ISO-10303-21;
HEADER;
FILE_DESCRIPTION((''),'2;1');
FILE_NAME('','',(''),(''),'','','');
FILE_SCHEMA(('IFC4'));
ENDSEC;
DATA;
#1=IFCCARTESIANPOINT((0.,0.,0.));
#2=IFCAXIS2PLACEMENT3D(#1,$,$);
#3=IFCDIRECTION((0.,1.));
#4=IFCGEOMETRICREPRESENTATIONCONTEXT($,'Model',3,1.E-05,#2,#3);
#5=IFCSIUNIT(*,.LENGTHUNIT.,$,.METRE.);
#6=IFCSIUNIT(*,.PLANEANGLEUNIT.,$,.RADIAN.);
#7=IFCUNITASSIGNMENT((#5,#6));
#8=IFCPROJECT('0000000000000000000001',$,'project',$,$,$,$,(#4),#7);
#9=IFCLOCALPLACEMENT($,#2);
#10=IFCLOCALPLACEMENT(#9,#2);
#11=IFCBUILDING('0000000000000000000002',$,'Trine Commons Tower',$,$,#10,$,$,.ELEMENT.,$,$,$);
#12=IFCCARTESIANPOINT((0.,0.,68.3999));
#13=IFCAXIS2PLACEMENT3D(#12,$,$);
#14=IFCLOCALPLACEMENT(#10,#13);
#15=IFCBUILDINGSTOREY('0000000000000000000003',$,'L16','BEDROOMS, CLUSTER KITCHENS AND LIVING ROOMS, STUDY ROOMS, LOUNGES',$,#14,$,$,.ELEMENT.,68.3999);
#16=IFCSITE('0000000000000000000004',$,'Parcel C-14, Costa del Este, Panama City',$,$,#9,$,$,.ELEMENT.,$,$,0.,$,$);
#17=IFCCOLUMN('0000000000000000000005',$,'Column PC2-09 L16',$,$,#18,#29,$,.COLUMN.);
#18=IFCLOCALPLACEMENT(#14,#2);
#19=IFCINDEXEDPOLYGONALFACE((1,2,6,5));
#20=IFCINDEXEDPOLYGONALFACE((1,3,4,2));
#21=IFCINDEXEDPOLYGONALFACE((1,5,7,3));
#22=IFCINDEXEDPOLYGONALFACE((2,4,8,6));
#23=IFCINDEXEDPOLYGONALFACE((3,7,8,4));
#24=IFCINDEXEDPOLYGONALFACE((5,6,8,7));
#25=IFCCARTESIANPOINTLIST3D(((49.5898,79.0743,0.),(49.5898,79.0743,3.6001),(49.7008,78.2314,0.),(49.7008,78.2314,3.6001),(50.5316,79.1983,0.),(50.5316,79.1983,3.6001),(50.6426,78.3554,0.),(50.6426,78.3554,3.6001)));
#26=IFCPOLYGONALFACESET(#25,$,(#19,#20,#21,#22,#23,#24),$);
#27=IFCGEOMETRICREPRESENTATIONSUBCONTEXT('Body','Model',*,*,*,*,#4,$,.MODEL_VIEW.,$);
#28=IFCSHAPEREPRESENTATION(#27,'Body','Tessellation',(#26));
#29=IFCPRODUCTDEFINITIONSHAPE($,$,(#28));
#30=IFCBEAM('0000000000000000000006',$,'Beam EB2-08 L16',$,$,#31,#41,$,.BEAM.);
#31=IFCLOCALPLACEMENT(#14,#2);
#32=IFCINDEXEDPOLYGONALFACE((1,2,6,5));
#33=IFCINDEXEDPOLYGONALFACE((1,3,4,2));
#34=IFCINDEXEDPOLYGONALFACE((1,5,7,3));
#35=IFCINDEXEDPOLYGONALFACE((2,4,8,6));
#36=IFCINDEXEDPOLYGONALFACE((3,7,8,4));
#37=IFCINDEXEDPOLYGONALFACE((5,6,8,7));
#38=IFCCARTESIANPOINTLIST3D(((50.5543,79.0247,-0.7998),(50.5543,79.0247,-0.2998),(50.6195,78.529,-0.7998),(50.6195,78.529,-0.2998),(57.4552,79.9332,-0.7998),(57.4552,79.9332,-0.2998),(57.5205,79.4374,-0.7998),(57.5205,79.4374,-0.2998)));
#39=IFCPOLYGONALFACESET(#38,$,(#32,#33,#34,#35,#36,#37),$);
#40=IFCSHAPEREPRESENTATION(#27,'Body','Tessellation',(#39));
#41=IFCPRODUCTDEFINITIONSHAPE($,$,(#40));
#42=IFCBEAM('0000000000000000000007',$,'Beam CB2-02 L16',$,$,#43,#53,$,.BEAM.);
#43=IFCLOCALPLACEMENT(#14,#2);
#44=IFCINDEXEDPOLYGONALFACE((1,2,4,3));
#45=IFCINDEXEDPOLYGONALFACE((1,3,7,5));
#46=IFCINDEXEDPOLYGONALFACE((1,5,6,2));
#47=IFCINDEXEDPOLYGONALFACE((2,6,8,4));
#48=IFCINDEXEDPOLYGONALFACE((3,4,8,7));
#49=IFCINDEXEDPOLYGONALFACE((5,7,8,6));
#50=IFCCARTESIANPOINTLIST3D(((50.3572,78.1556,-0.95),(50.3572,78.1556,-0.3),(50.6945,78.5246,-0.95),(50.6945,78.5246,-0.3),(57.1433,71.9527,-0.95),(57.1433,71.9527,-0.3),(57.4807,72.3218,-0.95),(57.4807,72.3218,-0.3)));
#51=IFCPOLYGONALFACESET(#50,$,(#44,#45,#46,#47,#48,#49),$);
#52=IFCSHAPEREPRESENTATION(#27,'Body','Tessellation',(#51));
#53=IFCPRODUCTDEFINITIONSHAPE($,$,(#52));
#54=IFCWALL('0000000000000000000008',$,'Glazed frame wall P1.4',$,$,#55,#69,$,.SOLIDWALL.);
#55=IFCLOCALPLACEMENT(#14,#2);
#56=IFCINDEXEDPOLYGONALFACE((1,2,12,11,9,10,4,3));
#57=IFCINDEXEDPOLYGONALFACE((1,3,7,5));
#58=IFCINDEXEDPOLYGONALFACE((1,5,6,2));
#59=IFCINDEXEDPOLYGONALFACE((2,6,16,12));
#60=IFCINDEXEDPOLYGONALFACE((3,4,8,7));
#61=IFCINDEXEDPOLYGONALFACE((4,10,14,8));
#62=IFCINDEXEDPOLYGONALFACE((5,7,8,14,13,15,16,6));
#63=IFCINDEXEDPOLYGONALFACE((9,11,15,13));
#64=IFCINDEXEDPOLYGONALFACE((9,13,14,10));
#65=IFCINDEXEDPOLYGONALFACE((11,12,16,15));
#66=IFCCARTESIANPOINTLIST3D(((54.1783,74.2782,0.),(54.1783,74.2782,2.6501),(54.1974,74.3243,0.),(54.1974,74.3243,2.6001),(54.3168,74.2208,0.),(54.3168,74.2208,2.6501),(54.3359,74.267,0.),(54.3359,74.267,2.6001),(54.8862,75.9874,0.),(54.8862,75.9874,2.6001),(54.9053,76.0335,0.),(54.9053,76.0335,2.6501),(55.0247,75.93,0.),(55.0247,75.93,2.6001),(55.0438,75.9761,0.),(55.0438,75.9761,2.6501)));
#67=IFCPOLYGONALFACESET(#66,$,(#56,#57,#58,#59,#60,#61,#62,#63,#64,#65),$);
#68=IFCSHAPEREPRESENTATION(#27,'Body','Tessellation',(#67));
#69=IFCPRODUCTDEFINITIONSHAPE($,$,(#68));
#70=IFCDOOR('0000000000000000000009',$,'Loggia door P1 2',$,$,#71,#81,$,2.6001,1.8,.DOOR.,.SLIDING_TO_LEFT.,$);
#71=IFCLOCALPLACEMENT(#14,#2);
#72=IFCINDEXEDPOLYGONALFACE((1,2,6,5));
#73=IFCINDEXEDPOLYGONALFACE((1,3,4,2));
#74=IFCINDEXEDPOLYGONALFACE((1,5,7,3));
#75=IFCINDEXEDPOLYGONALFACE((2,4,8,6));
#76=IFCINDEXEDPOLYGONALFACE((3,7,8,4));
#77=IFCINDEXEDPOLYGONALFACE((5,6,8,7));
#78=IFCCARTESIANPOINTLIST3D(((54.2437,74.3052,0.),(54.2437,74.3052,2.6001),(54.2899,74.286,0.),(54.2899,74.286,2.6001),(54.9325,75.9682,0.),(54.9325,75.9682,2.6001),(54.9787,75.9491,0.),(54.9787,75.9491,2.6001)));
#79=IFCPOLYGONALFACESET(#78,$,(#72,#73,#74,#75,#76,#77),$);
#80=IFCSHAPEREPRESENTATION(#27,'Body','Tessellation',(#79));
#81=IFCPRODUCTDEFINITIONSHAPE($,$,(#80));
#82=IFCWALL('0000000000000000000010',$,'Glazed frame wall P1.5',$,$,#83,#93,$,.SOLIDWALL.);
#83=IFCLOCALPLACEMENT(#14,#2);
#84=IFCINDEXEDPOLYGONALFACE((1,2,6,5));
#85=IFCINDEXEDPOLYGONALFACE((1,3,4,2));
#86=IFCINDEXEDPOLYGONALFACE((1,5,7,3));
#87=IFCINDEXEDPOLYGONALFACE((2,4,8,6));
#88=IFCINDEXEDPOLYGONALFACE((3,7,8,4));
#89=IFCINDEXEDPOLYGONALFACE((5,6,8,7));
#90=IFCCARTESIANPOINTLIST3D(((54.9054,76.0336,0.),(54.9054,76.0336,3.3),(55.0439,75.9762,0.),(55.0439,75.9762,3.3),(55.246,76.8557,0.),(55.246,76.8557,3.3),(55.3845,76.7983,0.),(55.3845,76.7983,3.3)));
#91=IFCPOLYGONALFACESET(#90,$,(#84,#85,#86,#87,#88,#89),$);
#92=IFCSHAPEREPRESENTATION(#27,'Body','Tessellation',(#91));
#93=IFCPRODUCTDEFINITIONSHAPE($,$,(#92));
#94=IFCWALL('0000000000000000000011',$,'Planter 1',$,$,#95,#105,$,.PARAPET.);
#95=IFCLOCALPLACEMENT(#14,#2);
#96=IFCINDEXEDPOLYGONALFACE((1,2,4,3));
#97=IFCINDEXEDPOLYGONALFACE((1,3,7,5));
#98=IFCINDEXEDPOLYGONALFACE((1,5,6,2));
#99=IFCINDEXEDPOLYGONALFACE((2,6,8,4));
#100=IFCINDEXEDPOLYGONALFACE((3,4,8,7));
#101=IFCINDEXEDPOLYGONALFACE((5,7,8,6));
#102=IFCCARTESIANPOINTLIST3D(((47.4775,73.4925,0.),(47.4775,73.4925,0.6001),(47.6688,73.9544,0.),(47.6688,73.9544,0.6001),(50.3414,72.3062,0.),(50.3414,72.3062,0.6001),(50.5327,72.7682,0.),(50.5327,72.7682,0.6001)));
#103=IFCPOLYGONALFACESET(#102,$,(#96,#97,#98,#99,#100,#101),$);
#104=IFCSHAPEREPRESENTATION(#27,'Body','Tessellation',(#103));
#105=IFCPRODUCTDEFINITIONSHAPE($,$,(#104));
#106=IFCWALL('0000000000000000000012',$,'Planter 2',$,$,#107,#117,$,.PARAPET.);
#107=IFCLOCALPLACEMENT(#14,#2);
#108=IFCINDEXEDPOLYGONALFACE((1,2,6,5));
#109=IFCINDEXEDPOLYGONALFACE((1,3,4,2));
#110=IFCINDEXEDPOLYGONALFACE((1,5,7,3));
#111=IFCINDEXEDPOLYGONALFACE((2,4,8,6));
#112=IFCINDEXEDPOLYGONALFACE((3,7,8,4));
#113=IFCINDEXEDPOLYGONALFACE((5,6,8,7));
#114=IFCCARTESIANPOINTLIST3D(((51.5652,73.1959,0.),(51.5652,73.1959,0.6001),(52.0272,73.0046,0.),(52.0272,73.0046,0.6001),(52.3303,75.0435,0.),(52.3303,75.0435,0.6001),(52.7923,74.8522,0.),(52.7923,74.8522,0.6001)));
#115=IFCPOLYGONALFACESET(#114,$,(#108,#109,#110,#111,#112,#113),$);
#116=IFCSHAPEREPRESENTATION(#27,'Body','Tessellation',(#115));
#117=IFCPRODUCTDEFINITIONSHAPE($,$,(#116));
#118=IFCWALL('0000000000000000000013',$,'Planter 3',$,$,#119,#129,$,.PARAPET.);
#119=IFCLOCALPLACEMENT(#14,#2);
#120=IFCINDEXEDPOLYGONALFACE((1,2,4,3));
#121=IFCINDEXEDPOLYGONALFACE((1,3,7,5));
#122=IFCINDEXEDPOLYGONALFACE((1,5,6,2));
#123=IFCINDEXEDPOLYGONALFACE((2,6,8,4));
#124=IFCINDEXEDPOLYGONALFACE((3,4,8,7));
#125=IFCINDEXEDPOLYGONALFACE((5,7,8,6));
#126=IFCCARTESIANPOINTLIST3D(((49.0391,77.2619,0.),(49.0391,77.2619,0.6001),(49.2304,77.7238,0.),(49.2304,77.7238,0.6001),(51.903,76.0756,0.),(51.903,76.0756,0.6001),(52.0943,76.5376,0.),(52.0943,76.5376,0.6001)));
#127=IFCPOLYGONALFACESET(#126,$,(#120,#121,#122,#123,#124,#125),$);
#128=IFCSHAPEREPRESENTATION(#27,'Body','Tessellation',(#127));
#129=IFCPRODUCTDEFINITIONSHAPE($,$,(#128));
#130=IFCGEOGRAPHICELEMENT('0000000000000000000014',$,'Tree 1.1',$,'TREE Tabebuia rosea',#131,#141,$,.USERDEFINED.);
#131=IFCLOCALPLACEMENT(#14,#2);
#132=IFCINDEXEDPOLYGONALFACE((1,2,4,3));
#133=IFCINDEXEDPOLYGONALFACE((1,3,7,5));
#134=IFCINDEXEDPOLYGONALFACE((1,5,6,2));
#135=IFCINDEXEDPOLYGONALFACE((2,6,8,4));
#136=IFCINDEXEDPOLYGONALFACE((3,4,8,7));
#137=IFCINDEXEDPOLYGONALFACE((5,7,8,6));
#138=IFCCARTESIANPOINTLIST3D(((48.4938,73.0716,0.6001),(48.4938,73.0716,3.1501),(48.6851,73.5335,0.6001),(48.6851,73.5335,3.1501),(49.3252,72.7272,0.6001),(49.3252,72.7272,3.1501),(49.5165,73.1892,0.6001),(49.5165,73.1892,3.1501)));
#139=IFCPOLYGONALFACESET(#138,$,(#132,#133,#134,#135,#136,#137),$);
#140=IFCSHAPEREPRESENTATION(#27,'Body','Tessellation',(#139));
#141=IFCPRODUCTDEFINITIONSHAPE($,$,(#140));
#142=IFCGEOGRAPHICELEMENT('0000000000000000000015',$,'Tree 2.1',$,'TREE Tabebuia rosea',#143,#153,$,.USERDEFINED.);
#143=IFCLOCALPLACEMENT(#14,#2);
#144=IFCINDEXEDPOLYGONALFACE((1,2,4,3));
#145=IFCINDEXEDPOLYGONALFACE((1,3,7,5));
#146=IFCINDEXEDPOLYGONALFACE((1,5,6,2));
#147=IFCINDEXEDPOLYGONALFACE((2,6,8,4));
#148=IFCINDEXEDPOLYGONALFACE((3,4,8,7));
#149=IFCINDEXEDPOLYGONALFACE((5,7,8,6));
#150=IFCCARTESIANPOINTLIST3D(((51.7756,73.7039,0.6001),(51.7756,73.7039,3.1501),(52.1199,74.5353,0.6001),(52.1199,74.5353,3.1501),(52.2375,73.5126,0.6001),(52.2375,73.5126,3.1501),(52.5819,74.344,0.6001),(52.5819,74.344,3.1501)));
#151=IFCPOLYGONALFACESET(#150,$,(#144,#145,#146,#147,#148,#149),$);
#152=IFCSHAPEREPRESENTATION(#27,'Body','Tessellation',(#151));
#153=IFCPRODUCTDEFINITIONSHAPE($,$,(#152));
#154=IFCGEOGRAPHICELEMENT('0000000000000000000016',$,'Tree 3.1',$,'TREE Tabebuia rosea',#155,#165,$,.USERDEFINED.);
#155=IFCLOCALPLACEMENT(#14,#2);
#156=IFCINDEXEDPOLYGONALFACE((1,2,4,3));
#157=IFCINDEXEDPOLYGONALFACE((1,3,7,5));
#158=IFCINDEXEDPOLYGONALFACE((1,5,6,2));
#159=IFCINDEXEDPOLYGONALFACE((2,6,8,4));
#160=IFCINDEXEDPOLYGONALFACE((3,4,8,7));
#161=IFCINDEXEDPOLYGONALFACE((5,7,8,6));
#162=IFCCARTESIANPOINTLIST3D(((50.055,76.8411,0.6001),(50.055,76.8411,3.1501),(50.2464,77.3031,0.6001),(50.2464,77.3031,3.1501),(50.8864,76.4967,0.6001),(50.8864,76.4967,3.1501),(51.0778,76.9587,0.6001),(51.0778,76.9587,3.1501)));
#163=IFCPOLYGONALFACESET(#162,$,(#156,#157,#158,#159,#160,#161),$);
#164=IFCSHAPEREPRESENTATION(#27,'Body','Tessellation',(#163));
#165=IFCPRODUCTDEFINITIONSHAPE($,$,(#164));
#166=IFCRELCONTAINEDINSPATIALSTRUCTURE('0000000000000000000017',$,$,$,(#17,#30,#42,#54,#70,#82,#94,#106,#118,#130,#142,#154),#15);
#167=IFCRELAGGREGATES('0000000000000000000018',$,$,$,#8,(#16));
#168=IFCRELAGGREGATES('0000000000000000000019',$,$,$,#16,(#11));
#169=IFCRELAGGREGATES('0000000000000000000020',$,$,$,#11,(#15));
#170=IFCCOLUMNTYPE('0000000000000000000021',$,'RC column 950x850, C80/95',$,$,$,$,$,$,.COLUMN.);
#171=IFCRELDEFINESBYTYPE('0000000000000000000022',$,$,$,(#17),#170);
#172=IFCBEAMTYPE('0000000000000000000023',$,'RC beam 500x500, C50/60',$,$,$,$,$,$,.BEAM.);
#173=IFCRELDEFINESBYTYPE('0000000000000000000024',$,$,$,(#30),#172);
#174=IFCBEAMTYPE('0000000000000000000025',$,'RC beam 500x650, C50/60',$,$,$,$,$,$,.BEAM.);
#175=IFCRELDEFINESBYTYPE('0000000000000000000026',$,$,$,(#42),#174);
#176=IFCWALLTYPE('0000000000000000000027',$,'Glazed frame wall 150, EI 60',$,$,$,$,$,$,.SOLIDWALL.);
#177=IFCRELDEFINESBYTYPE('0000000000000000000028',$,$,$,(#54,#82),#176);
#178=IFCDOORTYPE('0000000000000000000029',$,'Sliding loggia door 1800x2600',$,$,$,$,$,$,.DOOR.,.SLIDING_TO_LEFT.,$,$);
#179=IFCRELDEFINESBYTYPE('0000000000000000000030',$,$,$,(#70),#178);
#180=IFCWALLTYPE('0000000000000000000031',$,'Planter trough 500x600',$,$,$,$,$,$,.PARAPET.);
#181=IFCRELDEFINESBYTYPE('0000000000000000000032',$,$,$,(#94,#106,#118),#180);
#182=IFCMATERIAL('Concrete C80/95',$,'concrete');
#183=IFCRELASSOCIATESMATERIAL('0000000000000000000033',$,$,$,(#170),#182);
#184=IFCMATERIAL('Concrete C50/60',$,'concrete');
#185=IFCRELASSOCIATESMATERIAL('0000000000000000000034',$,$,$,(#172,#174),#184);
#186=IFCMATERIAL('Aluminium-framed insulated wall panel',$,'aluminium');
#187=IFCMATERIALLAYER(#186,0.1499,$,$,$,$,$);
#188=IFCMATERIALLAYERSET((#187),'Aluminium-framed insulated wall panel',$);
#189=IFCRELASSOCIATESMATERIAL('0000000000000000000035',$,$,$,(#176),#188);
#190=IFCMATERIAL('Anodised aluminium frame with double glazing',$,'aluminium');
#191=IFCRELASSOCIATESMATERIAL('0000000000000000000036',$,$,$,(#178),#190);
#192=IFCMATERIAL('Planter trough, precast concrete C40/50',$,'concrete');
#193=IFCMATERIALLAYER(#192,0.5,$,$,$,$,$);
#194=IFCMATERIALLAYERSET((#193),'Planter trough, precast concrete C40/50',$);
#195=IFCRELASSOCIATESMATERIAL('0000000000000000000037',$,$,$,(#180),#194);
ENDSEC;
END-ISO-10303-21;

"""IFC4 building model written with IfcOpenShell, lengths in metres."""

from ifc_helpers import new_model, si_unit, direction, frame, frame_2d, origin, origin_2d, place, context, subcontext, project, spatial, polyline, rectangle, outline, extrude, material, layer, layer_set, material_profile, profile_set, type_object, element, fill, save


model = new_model("IFC4")

# Units and contexts
model_context = context("Model", 3, precision=1e-05, world=origin(), true_north=direction((0.0, 1.0)))
body_context = subcontext(model_context, "Body", "Model", "MODEL_VIEW")
ifc_project = project(units=[si_unit("LENGTHUNIT", "METRE"), si_unit("PLANEANGLEUNIT", "RADIAN")], contexts=[model_context])

# Site, building, storey
site_placement = place(None, origin())
site = spatial("IfcSite", under=ifc_project, at=site_placement, Name="Parcel C-14, Costa del Este, Panama City", CompositionType="ELEMENT", RefElevation=0.0)
building_placement = place(site_placement, origin())
building = spatial("IfcBuilding", under=site, at=building_placement, Name="Trine Commons Tower", CompositionType="ELEMENT")
storey_placement = place(building_placement, frame((0.0, 0.0, 68.3999)))
storey = spatial("IfcBuildingStorey", under=building, at=storey_placement, Name="L16", Description="BEDROOMS, CLUSTER KITCHENS AND LIVING ROOMS, STUDY ROOMS, LOUNGES", CompositionType="ELEMENT", Elevation=68.3999)

# Column
ifc_material_1 = material(Name="Concrete C80/95", Category="concrete")
ifc_material_profile_1 = material_profile(ifc_material_1, rectangle(XDim=0.95, YDim=0.8501, at=origin_2d()), Name="RC 950x850")
ifc_profile_set_1 = profile_set([ifc_material_profile_1], Name="Concrete C80/95")
column_type = type_object("IfcColumnType", Name="RC column 950x850, C80/95", PredefinedType="COLUMN", material=ifc_profile_set_1)
column_placement = place(storey_placement, frame((50.1162, 78.7148, 0.0), z_axis=(0.0, 0.0, 1.0), x_axis=(0.991445, 0.130526, 0.0)))
element("IfcColumn", 1, at=column_placement, inside=storey, type_object=column_type, Name="Column PC2-09 L16", PredefinedType="COLUMN", context=body_context, shape_type="SweptSolid", body=[
    extrude(rectangle(XDim=0.95, YDim=0.8501, at=origin_2d()), origin(), (0.0, 0.0, 1.0), 3.6001),
])

# Beams
ifc_material_2 = material(Name="Concrete C50/60", Category="concrete")
ifc_material_profile_2 = material_profile(ifc_material_2, rectangle(XDim=0.5, YDim=0.5, at=origin_2d()), Name="RC 500x500")
ifc_profile_set_2 = profile_set([ifc_material_profile_2], Name="Concrete C50/60")
beam_type_1 = type_object("IfcBeamType", Name="RC beam 500x500, C50/60", PredefinedType="BEAM", material=ifc_profile_set_2)
beam_1_placement = place(storey_placement, frame((50.5869, 78.7769, -0.5498), z_axis=(0.991446, 0.130516, 0.0), x_axis=(-0.130516, 0.991446, 0.0)))
element("IfcBeam", 2, at=beam_1_placement, inside=storey, type_object=beam_type_1, Name="Beam EB2-08 L16", PredefinedType="BEAM", context=body_context, shape_type="SweptSolid", body=[
    extrude(rectangle(XDim=0.5, YDim=0.5, at=origin_2d()), origin(), (0.0, 0.0, 1.0), 6.9604),
])
ifc_material_profile_3 = material_profile(ifc_material_2, rectangle(XDim=0.5, YDim=0.6499, at=origin_2d()), Name="RC 500x650")
ifc_profile_set_3 = profile_set([ifc_material_profile_3], Name="Concrete C50/60")
beam_type_2 = type_object("IfcBeamType", Name="RC beam 500x650, C50/60", PredefinedType="BEAM", material=ifc_profile_set_3)
beam_2_placement = place(storey_placement, frame((50.5259, 78.3401, -0.625), z_axis=(0.738115, -0.674675, 0.0), x_axis=(0.674675, 0.738115, 0.0)))
element("IfcBeam", 3, at=beam_2_placement, inside=storey, type_object=beam_type_2, Name="Beam CB2-02 L16", PredefinedType="BEAM", context=body_context, shape_type="SweptSolid", body=[
    extrude(rectangle(XDim=0.5, YDim=0.6499, at=origin_2d()), origin(), (0.0, 0.0, 1.0), 9.1938),
])

# Wall, opening, door
ifc_material_3 = material(Name="Aluminium-framed insulated wall panel", Category="aluminium")
ifc_layer_1 = layer(ifc_material_3, 0.1499)
ifc_layer_set_1 = layer_set([ifc_layer_1], Name="Aluminium-framed insulated wall panel")
wall_type_1 = type_object("IfcWallType", Name="Glazed frame wall 150, EI 60", PredefinedType="SOLIDWALL", material=ifc_layer_set_1)
wall_1_placement = place(storey_placement, frame((54.2476, 74.2495, 0.0), z_axis=(0.0, 0.0, 1.0), x_axis=(0.382662, 0.923888, 0.0)))
wall_1 = element("IfcWall", 4, at=wall_1_placement, inside=storey, type_object=wall_type_1, Name="Glazed frame wall P1.4", PredefinedType="SOLIDWALL", context=body_context, shape_type="SweptSolid", body=[
    extrude(outline(polyline([(0.0, -0.075), (1.8999, -0.075), (1.8999, 0.075), (0.0, 0.075), (0.0, -0.075)])), origin(), (0.0, 0.0, 1.0), 2.6501),
])
opening_1_placement = place(wall_1_placement, frame((0.05, 0.0, 0.0)))
opening_1 = element("IfcOpeningElement", 5, at=opening_1_placement, cuts=wall_1, PredefinedType="OPENING", context=body_context, shape_type="SweptSolid", body=[
    extrude(rectangle(XDim=1.8, YDim=2.6001, at=frame_2d((0.8999, 1.3))), frame((0.0, 0.085, 0.0), z_axis=(0.0, -1.0, 0.0), x_axis=(1.0, 0.0, 0.0)), (0.0, 0.0, 1.0), 0.1699),
])
ifc_material_4 = material(Name="Anodised aluminium frame with double glazing", Category="aluminium")
door_type = type_object("IfcDoorType", Name="Sliding loggia door 1800x2600", OperationType="SLIDING_TO_LEFT", PredefinedType="DOOR", material=ifc_material_4)
door_1_placement = place(opening_1_placement, origin())
door_1 = element("IfcDoor", 6, at=door_1_placement, inside=storey, type_object=door_type, Name="Loggia door P1 2", OperationType="SLIDING_TO_LEFT", OverallHeight=2.6001, OverallWidth=1.8, PredefinedType="DOOR", context=body_context, shape_type="SweptSolid", body=[
    extrude(rectangle(XDim=1.8, YDim=2.6001, at=frame_2d((0.8999, 1.3))), frame((0.0, 0.0249, 0.0), z_axis=(0.0, -1.0, 0.0), x_axis=(1.0, 0.0, 0.0)), (0.0, 0.0, 1.0), 0.05),
])
fill(opening_1, door_1)

# Wall
wall_2_placement = place(storey_placement, frame((54.9746, 76.0049, 0.0), z_axis=(0.0, 0.0, 1.0), x_axis=(0.382812, 0.923826, 0.0)))
element("IfcWall", 7, at=wall_2_placement, inside=storey, type_object=wall_type_1, Name="Glazed frame wall P1.5", PredefinedType="SOLIDWALL", context=body_context, shape_type="SweptSolid", body=[
    extrude(outline(polyline([(0.8899, 0.075), (0.0, 0.075), (0.0, -0.075), (0.8899, -0.075), (0.8899, 0.075)])), origin(), (0.0, 0.0, 1.0), 3.3),
])

# Walls
ifc_material_5 = material(Name="Planter trough, precast concrete C40/50", Category="concrete")
ifc_layer_2 = layer(ifc_material_5, 0.5)
ifc_layer_set_2 = layer_set([ifc_layer_2], Name="Planter trough, precast concrete C40/50")
wall_type_2 = type_object("IfcWallType", Name="Planter trough 500x600", PredefinedType="PARAPET", material=ifc_layer_set_2)
wall_3_placement = place(storey_placement, frame((47.5732, 73.7234, 0.0), z_axis=(0.0, 0.0, 1.0), x_axis=(0.923883, -0.382674, 0.0)))
element("IfcWall", 8, at=wall_3_placement, inside=storey, type_object=wall_type_2, Name="Planter 1", PredefinedType="PARAPET", context=body_context, shape_type="SweptSolid", body=[
    extrude(rectangle(XDim=3.0999, YDim=0.5, at=frame_2d((1.5498, 0.0))), origin(), (0.0, 0.0, 1.0), 0.6001),
])
wall_4_placement = place(storey_placement, frame((51.7961, 73.1001, 0.0), z_axis=(0.0, 0.0, 1.0), x_axis=(0.382603, 0.923913, 0.0)))
element("IfcWall", 9, at=wall_4_placement, inside=storey, type_object=wall_type_2, Name="Planter 2", PredefinedType="PARAPET", context=body_context, shape_type="SweptSolid", body=[
    extrude(rectangle(XDim=1.9998, YDim=0.5, at=frame_2d((1.0, 0.0))), origin(), (0.0, 0.0, 1.0), 0.6001),
])
wall_5_placement = place(storey_placement, frame((51.9985, 76.3066, 0.0), z_axis=(0.0, 0.0, 1.0), x_axis=(-0.923883, 0.382674, 0.0)))
element("IfcWall", 10, at=wall_5_placement, inside=storey, type_object=wall_type_2, Name="Planter 3", PredefinedType="PARAPET", context=body_context, shape_type="SweptSolid", body=[
    extrude(rectangle(XDim=3.0999, YDim=0.5, at=frame_2d((1.5498, 0.0))), origin(), (0.0, 0.0, 1.0), 0.6001),
])

# Geographic elements
for number, where, z_axis, x_axis, name in (
    (11, (49.0051, 73.1304, 0.6001), (0.0, 0.0, 1.0), (0.923886, -0.382669, 0.0), "Tree 1.1"),
    (12, (52.1787, 74.0239, 0.6001), (0.0, 0.0, 1.0), (0.382688, 0.923878, 0.0), "Tree 2.1"),
    (13, (50.5664, 76.8999, 0.6001), (0.0, 0.0, 1.0), (-0.923886, 0.382669, 0.0), "Tree 3.1"),
):
    element("IfcGeographicElement", number, at=place(storey_placement, frame(where, z_axis=z_axis, x_axis=x_axis)), inside=storey, Name=name, ObjectType="TREE Tabebuia rosea", PredefinedType="USERDEFINED", context=body_context, shape_type="SweptSolid", body=[
        extrude(rectangle(XDim=0.8999, YDim=0.5, at=origin_2d()), origin(), (0.0, 0.0, 1.0), 2.55),
    ])

save(model, "model.ifc")
